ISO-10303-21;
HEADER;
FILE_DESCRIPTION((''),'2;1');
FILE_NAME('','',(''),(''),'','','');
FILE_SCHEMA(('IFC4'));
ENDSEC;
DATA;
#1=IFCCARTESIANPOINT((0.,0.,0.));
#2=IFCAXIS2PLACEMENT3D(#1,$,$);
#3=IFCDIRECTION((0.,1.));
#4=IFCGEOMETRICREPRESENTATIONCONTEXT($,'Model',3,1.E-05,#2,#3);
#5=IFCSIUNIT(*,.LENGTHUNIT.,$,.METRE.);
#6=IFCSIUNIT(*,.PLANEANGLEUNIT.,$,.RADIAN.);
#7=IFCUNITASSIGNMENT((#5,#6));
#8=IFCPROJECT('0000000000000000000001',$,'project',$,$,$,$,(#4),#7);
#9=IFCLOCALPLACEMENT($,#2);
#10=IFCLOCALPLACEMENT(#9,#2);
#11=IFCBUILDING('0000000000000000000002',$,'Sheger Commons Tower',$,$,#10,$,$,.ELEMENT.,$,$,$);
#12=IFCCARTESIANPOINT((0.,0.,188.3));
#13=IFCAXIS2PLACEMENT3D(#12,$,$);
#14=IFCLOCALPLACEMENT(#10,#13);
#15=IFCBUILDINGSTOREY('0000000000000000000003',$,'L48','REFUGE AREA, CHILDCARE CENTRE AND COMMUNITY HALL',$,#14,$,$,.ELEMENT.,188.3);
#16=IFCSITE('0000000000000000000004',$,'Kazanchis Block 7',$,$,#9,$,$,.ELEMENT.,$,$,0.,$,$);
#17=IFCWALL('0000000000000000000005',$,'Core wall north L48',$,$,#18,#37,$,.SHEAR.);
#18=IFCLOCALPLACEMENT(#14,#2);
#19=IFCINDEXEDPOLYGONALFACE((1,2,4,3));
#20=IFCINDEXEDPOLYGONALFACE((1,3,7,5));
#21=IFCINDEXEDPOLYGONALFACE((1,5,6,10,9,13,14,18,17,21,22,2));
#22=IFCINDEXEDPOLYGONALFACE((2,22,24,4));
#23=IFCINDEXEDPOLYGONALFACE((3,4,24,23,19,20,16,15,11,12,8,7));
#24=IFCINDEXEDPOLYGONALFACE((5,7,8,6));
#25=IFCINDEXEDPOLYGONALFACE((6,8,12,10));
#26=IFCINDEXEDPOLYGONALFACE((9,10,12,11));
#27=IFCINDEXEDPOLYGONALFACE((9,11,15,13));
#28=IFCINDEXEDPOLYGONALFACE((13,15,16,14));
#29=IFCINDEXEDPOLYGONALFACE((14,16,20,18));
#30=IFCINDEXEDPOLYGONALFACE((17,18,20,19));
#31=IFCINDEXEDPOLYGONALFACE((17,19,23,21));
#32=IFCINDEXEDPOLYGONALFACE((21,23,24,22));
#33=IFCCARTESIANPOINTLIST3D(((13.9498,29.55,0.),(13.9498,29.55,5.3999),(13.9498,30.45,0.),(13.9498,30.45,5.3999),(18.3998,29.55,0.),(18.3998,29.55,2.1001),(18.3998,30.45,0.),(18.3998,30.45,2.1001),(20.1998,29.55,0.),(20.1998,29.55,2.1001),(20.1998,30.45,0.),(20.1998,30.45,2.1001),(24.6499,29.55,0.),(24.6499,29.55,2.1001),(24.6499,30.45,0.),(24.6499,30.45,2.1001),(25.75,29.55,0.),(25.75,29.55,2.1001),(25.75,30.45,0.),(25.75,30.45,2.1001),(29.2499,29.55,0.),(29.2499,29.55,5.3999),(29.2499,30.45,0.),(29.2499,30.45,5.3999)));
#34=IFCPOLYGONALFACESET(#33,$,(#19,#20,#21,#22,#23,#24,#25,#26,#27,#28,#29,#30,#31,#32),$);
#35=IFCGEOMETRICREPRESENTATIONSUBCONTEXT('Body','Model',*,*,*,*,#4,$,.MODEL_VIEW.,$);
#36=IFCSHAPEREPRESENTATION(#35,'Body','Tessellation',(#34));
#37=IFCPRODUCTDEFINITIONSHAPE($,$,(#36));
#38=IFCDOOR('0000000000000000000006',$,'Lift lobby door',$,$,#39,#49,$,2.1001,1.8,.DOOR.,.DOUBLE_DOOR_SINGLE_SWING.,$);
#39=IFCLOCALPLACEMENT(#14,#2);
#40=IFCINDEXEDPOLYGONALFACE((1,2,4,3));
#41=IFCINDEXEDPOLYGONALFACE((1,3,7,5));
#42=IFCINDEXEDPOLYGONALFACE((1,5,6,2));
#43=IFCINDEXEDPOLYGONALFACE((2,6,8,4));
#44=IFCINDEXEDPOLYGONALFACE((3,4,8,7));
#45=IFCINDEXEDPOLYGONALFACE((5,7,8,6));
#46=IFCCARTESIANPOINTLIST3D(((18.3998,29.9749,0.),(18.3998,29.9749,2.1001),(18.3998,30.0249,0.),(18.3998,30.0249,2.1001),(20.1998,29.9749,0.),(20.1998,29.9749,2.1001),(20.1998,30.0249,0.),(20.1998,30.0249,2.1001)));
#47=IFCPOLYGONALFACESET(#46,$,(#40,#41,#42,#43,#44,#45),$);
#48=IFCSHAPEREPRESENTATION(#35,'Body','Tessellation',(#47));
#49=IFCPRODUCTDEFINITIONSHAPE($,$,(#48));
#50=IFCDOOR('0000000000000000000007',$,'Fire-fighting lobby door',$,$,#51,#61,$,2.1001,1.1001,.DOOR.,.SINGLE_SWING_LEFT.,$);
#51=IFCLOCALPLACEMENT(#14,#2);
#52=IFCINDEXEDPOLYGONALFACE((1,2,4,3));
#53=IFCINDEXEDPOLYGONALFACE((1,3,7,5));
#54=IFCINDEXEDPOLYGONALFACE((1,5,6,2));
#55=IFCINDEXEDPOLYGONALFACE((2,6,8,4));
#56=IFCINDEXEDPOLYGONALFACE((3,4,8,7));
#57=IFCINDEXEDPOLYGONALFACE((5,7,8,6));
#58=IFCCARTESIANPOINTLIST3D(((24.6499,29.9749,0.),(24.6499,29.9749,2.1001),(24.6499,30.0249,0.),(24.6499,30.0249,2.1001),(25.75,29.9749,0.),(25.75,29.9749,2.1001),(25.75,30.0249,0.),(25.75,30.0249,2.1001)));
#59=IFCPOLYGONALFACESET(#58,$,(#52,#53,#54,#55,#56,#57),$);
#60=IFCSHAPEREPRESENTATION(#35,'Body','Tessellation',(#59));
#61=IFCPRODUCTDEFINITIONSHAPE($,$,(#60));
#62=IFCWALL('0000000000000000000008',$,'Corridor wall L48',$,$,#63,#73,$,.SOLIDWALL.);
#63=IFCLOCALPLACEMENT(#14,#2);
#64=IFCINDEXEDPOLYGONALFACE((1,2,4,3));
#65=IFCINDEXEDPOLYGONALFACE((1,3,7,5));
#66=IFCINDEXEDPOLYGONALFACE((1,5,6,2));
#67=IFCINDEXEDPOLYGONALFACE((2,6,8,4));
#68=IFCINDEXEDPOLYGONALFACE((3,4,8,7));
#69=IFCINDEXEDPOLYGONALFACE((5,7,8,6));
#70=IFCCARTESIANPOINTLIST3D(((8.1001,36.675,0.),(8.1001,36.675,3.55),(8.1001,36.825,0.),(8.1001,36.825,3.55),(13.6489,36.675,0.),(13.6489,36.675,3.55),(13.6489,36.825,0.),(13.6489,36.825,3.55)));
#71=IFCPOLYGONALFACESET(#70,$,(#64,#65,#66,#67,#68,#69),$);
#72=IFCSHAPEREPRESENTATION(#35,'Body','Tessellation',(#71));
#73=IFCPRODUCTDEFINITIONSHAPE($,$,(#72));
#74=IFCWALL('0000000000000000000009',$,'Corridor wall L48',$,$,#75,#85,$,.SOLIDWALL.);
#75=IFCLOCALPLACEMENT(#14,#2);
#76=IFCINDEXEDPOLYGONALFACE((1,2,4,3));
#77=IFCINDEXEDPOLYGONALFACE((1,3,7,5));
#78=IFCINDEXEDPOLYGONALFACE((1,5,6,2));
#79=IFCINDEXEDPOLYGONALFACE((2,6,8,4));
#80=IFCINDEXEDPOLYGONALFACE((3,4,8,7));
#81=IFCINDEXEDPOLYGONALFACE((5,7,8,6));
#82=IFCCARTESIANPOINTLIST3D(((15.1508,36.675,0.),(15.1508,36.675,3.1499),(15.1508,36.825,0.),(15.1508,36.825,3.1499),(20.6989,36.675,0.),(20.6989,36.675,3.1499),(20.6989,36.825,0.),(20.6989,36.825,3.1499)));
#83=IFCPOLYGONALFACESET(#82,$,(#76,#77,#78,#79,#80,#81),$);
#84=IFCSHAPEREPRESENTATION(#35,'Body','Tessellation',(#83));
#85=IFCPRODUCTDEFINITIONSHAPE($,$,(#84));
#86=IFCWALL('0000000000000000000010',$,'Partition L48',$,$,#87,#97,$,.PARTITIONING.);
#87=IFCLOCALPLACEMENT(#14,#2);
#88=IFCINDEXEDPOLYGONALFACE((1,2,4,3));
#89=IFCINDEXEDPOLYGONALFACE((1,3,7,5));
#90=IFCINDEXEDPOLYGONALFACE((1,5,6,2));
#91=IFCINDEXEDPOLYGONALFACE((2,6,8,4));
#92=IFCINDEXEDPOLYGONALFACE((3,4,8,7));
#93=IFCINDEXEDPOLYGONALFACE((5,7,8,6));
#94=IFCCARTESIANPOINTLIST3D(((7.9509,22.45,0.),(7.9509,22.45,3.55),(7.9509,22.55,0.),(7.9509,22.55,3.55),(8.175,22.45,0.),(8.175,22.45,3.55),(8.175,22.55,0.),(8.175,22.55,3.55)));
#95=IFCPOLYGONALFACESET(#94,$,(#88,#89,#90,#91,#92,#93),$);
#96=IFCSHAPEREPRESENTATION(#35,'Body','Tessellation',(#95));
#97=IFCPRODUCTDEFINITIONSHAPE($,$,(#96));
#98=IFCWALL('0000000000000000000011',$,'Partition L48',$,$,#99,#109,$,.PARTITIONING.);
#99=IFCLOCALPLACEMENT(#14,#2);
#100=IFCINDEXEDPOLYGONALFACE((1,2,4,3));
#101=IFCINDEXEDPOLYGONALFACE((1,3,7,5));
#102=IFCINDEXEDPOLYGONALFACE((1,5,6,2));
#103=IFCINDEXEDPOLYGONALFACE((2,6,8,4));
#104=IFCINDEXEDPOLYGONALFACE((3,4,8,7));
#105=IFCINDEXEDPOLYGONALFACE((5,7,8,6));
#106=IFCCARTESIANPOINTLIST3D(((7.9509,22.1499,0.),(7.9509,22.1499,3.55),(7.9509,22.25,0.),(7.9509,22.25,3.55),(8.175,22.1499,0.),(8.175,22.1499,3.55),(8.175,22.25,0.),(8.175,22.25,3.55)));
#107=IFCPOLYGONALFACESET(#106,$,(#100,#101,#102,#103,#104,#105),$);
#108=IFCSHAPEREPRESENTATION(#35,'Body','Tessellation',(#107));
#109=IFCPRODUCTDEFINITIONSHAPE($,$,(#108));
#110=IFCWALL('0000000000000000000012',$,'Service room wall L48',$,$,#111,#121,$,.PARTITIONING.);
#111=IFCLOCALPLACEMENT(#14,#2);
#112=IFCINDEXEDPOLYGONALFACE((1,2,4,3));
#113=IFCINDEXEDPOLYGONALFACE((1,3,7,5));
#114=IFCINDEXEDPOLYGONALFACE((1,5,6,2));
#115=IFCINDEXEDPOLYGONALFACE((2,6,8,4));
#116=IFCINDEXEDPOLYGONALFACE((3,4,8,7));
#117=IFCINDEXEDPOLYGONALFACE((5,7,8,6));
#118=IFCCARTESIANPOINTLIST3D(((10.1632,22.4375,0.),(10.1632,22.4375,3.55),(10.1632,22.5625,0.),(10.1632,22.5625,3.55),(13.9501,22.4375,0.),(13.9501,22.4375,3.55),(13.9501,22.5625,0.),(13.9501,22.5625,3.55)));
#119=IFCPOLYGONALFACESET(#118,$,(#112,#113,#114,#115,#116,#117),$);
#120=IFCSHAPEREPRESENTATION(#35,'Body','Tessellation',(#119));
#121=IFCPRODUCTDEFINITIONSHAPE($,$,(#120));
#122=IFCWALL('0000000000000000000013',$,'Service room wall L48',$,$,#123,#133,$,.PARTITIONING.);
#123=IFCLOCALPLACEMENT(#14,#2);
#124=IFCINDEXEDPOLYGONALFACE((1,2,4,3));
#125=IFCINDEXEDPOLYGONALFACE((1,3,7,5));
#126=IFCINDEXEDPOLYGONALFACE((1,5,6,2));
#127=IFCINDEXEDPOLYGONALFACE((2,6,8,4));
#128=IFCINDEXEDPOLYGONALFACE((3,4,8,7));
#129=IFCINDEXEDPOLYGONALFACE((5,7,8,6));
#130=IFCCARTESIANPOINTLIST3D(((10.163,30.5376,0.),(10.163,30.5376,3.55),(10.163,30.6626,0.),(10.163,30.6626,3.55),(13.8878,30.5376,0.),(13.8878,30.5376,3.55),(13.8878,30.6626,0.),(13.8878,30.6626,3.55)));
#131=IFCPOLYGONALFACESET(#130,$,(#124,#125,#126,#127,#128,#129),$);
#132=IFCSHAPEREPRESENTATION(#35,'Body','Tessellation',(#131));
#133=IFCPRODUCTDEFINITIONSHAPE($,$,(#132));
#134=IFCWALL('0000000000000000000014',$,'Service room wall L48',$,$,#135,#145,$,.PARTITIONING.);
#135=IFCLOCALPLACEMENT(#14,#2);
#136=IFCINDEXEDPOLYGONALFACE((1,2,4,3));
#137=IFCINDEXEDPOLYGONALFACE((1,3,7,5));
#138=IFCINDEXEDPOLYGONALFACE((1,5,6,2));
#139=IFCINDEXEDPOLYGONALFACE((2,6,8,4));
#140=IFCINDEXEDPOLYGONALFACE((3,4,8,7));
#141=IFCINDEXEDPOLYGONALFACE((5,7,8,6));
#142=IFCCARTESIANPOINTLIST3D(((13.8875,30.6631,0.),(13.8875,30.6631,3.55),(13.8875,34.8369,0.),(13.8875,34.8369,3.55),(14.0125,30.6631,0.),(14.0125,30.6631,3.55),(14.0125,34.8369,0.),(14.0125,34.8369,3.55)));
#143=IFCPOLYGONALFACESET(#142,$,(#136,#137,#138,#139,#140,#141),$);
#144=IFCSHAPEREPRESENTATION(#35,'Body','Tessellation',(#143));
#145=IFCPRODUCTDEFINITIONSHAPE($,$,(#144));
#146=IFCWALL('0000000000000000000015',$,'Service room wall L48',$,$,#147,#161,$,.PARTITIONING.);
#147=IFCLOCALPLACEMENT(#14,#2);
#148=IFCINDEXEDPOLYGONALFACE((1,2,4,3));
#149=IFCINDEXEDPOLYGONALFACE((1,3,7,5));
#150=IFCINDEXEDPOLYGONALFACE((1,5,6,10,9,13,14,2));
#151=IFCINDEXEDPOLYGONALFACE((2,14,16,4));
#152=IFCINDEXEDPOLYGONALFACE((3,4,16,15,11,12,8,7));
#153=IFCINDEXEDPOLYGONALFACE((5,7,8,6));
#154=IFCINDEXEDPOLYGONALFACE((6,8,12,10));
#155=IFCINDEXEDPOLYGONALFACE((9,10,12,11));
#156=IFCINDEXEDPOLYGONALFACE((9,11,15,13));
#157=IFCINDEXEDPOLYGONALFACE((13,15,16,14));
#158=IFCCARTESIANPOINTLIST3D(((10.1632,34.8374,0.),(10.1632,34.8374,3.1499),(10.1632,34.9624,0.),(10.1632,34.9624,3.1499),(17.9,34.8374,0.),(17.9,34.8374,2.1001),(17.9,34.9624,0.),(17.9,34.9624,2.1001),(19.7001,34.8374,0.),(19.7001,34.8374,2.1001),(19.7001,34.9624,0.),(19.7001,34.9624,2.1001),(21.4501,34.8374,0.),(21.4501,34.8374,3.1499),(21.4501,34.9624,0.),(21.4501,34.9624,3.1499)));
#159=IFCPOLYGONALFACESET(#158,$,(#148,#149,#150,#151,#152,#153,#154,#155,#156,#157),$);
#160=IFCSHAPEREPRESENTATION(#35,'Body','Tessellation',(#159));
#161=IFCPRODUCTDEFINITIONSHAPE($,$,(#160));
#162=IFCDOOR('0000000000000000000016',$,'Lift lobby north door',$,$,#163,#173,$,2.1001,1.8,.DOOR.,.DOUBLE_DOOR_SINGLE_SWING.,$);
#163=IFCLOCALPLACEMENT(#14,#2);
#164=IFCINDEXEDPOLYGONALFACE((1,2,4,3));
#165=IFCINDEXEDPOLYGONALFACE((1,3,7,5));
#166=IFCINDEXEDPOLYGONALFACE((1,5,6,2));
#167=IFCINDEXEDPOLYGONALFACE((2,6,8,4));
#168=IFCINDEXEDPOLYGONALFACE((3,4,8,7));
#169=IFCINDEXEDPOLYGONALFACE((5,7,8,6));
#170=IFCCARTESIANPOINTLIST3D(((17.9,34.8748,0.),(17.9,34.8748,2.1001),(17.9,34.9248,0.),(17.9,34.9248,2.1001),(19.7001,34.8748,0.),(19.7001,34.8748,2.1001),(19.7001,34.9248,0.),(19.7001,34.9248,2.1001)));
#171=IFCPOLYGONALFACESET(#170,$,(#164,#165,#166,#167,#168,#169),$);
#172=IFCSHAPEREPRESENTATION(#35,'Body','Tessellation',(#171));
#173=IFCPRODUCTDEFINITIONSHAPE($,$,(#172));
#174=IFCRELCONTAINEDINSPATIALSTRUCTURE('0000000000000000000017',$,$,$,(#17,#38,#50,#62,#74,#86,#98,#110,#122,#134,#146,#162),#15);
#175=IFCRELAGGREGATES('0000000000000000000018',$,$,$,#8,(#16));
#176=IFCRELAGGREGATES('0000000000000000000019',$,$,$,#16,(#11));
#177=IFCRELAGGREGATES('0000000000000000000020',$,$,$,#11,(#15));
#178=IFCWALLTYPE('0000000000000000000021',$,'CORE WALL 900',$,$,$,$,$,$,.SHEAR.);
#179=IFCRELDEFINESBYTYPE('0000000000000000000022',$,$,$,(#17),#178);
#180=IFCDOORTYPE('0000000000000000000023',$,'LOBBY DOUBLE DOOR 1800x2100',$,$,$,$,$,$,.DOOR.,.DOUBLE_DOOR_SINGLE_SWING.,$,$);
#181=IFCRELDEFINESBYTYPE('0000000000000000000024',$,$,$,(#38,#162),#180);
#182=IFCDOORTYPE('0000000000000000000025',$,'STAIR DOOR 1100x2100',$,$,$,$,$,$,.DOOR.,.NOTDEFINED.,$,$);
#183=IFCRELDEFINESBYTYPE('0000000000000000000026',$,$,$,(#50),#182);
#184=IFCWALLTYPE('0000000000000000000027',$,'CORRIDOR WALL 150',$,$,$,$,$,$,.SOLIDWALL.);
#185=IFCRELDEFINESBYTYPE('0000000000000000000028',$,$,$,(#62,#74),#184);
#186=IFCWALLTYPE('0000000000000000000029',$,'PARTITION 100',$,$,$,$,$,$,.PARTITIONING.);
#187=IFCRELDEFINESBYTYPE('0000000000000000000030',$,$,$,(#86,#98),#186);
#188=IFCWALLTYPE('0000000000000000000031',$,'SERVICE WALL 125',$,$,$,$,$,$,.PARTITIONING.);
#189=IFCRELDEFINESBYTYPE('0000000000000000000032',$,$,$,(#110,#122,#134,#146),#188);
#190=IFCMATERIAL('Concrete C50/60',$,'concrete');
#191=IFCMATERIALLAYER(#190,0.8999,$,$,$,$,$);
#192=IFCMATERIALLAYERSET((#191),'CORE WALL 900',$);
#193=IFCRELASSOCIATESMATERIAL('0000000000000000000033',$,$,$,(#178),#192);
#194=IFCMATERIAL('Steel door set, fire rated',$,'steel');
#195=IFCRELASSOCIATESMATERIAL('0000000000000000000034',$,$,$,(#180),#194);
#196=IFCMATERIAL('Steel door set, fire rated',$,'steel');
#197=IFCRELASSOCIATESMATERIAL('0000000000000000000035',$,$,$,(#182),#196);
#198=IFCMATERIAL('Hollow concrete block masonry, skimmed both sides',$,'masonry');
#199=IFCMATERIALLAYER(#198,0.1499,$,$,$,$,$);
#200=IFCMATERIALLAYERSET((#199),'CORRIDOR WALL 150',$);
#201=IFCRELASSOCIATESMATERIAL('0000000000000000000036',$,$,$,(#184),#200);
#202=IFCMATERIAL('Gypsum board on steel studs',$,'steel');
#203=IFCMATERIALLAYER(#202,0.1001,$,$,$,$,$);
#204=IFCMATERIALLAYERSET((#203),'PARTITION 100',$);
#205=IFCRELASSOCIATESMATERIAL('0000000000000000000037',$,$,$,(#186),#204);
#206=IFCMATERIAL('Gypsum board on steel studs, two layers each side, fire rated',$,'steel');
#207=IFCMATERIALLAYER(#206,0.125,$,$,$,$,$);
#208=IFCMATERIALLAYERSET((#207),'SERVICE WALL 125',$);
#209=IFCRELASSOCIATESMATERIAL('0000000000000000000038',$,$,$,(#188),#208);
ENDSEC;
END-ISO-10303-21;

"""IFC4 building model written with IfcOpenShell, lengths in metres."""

from ifc_helpers import new_model, si_unit, direction, frame, frame_2d, origin, place, context, subcontext, project, spatial, rectangle, extrude, material, layer, layer_set, type_object, element, fill, save


model = new_model("IFC4")

# Units and contexts
model_context = context("Model", 3, precision=1e-05, world=origin(), true_north=direction((0.0, 1.0)))
body_context = subcontext(model_context, "Body", "Model", "MODEL_VIEW")
ifc_project = project(units=[si_unit("LENGTHUNIT", "METRE"), si_unit("PLANEANGLEUNIT", "RADIAN")], contexts=[model_context])

# Site, building, storey
site_placement = place(None, origin())
site = spatial("IfcSite", under=ifc_project, at=site_placement, Name="Kazanchis Block 7", CompositionType="ELEMENT", RefElevation=0.0)
building_placement = place(site_placement, origin())
building = spatial("IfcBuilding", under=site, at=building_placement, Name="Sheger Commons Tower", CompositionType="ELEMENT")
storey_placement = place(building_placement, frame((0.0, 0.0, 188.3)))
storey = spatial("IfcBuildingStorey", under=building, at=storey_placement, Name="L48", Description="REFUGE AREA, CHILDCARE CENTRE AND COMMUNITY HALL", CompositionType="ELEMENT", Elevation=188.3)

# Wall, openings, doors
ifc_material_1 = material(Name="Concrete C50/60", Category="concrete")
ifc_layer_1 = layer(ifc_material_1, 0.8999)
ifc_layer_set_1 = layer_set([ifc_layer_1], Name="CORE WALL 900")
wall_type_1 = type_object("IfcWallType", Name="CORE WALL 900", PredefinedType="SHEAR", material=ifc_layer_set_1)
wall_1_placement = place(storey_placement, frame((13.95, 30.0, 0.0), z_axis=(0.0, 0.0, 1.0), x_axis=(1.0, 0.0, 0.0)))
wall_1 = element("IfcWall", 1, at=wall_1_placement, inside=storey, type_object=wall_type_1, Name="Core wall north L48", PredefinedType="SHEAR", context=body_context, shape_type="SweptSolid", body=[
    extrude(rectangle(XDim=15.3, YDim=0.8999, at=frame_2d((7.6499, 0.0))), origin(), (0.0, 0.0, 1.0), 5.3999),
])
opening_1_placement = place(wall_1_placement, frame((4.45, 0.0, 0.0)))
opening_1 = element("IfcOpeningElement", 2, at=opening_1_placement, cuts=wall_1, PredefinedType="OPENING", context=body_context, shape_type="SweptSolid", body=[
    extrude(rectangle(XDim=1.8, YDim=2.1001, at=frame_2d((0.8999, 1.05))), frame((0.0, 0.46, 0.0), z_axis=(0.0, -1.0, 0.0), x_axis=(1.0, 0.0, 0.0)), (0.0, 0.0, 1.0), 0.9199),
])
opening_2_placement = place(wall_1_placement, frame((10.7, 0.0, 0.0)))
opening_2 = element("IfcOpeningElement", 3, at=opening_2_placement, cuts=wall_1, PredefinedType="OPENING", context=body_context, shape_type="SweptSolid", body=[
    extrude(rectangle(XDim=1.1001, YDim=2.1001, at=frame_2d((0.55, 1.05))), frame((0.0, 0.46, 0.0), z_axis=(0.0, -1.0, 0.0), x_axis=(1.0, 0.0, 0.0)), (0.0, 0.0, 1.0), 0.9199),
])
ifc_material_2 = material(Name="Steel door set, fire rated", Category="steel")
door_type_1 = type_object("IfcDoorType", Name="LOBBY DOUBLE DOOR 1800x2100", OperationType="DOUBLE_DOOR_SINGLE_SWING", PredefinedType="DOOR", material=ifc_material_2)
door_1_placement = place(opening_1_placement, origin())
door_1 = element("IfcDoor", 4, at=door_1_placement, inside=storey, type_object=door_type_1, Name="Lift lobby door", OperationType="DOUBLE_DOOR_SINGLE_SWING", OverallHeight=2.1001, OverallWidth=1.8, PredefinedType="DOOR", context=body_context, shape_type="SweptSolid", body=[
    extrude(rectangle(XDim=1.8, YDim=2.1001, at=frame_2d((0.8999, 1.05))), frame((0.0, 0.0249, 0.0), z_axis=(0.0, -1.0, 0.0), x_axis=(1.0, 0.0, 0.0)), (0.0, 0.0, 1.0), 0.05),
])
fill(opening_1, door_1)
ifc_material_3 = material(Name="Steel door set, fire rated", Category="steel")
door_type_2 = type_object("IfcDoorType", Name="STAIR DOOR 1100x2100", OperationType="NOTDEFINED", PredefinedType="DOOR", material=ifc_material_3)
door_2_placement = place(opening_2_placement, origin())
door_2 = element("IfcDoor", 5, at=door_2_placement, inside=storey, type_object=door_type_2, Name="Fire-fighting lobby door", OperationType="SINGLE_SWING_LEFT", OverallHeight=2.1001, OverallWidth=1.1001, PredefinedType="DOOR", context=body_context, shape_type="SweptSolid", body=[
    extrude(rectangle(XDim=1.1001, YDim=2.1001, at=frame_2d((0.55, 1.05))), frame((0.0, 0.0249, 0.0), z_axis=(0.0, -1.0, 0.0), x_axis=(1.0, 0.0, 0.0)), (0.0, 0.0, 1.0), 0.05),
])
fill(opening_2, door_2)

# Walls
ifc_material_4 = material(Name="Hollow concrete block masonry, skimmed both sides", Category="masonry")
ifc_layer_2 = layer(ifc_material_4, 0.1499)
ifc_layer_set_2 = layer_set([ifc_layer_2], Name="CORRIDOR WALL 150")
wall_type_2 = type_object("IfcWallType", Name="CORRIDOR WALL 150", PredefinedType="SOLIDWALL", material=ifc_layer_set_2)
wall_2_placement = place(storey_placement, frame((8.1001, 36.75, 0.0), z_axis=(0.0, 0.0, 1.0), x_axis=(1.0, 0.0, 0.0)))
element("IfcWall", 6, at=wall_2_placement, inside=storey, type_object=wall_type_2, Name="Corridor wall L48", PredefinedType="SOLIDWALL", context=body_context, shape_type="SweptSolid", body=[
    extrude(rectangle(XDim=5.5488, YDim=0.1499, at=frame_2d((2.7744, 0.0))), origin(), (0.0, 0.0, 1.0), 3.55),
])
wall_3_placement = place(storey_placement, frame((15.1509, 36.75, 0.0), z_axis=(0.0, 0.0, 1.0), x_axis=(1.0, 0.0, 0.0)))
element("IfcWall", 7, at=wall_3_placement, inside=storey, type_object=wall_type_2, Name="Corridor wall L48", PredefinedType="SOLIDWALL", context=body_context, shape_type="SweptSolid", body=[
    extrude(rectangle(XDim=5.5481, YDim=0.1499, at=frame_2d((2.7739, 0.0))), origin(), (0.0, 0.0, 1.0), 3.1499),
])
ifc_material_5 = material(Name="Gypsum board on steel studs", Category="steel")
ifc_layer_3 = layer(ifc_material_5, 0.1001)
ifc_layer_set_3 = layer_set([ifc_layer_3], Name="PARTITION 100")
wall_type_3 = type_object("IfcWallType", Name="PARTITION 100", PredefinedType="PARTITIONING", material=ifc_layer_set_3)
for number, where, z_axis, x_axis, name in (
    (8, (7.9509, 22.5, 0.0), (0.0, 0.0, 1.0), (1.0, 0.0, 0.0), "Partition L48"),
    (9, (7.9509, 22.2, 0.0), (0.0, 0.0, 1.0), (1.0, 0.0, 0.0), "Partition L48"),
):
    element("IfcWall", number, at=place(storey_placement, frame(where, z_axis=z_axis, x_axis=x_axis)), inside=storey, type_object=wall_type_3, Name=name, PredefinedType="PARTITIONING", context=body_context, shape_type="SweptSolid", body=[
        extrude(rectangle(XDim=0.2241, YDim=0.1001, at=frame_2d((0.1121, 0.0))), origin(), (0.0, 0.0, 1.0), 3.55),
    ])
ifc_material_6 = material(Name="Gypsum board on steel studs, two layers each side, fire rated", Category="steel")
ifc_layer_4 = layer(ifc_material_6, 0.125)
ifc_layer_set_4 = layer_set([ifc_layer_4], Name="SERVICE WALL 125")
wall_type_4 = type_object("IfcWallType", Name="SERVICE WALL 125", PredefinedType="PARTITIONING", material=ifc_layer_set_4)
wall_4_placement = place(storey_placement, frame((10.1631, 22.5, 0.0), z_axis=(0.0, 0.0, 1.0), x_axis=(1.0, 0.0, 0.0)))
element("IfcWall", 10, at=wall_4_placement, inside=storey, type_object=wall_type_4, Name="Service room wall L48", PredefinedType="PARTITIONING", context=body_context, shape_type="SweptSolid", body=[
    extrude(rectangle(XDim=3.7869, YDim=0.125, at=frame_2d((1.8936, 0.0))), origin(), (0.0, 0.0, 1.0), 3.55),
])
wall_5_placement = place(storey_placement, frame((10.1631, 30.6001, 0.0), z_axis=(0.0, 0.0, 1.0), x_axis=(1.0, 0.0, 0.0)))
element("IfcWall", 11, at=wall_5_placement, inside=storey, type_object=wall_type_4, Name="Service room wall L48", PredefinedType="PARTITIONING", context=body_context, shape_type="SweptSolid", body=[
    extrude(rectangle(XDim=3.7249, YDim=0.125, at=frame_2d((1.8623, 0.0))), origin(), (0.0, 0.0, 1.0), 3.55),
])
wall_6_placement = place(storey_placement, frame((13.95, 30.6631, 0.0), z_axis=(0.0, 0.0, 1.0), x_axis=(0.0, 1.0, 0.0)))
element("IfcWall", 12, at=wall_6_placement, inside=storey, type_object=wall_type_4, Name="Service room wall L48", PredefinedType="PARTITIONING", context=body_context, shape_type="SweptSolid", body=[
    extrude(rectangle(XDim=4.1738, YDim=0.125, at=frame_2d((2.0869, 0.0))), origin(), (0.0, 0.0, 1.0), 3.55),
])

# Wall, opening, door
wall_7_placement = place(storey_placement, frame((10.1631, 34.8999, 0.0), z_axis=(0.0, 0.0, 1.0), x_axis=(1.0, 0.0, 0.0)))
wall_7 = element("IfcWall", 13, at=wall_7_placement, inside=storey, type_object=wall_type_4, Name="Service room wall L48", PredefinedType="PARTITIONING", context=body_context, shape_type="SweptSolid", body=[
    extrude(rectangle(XDim=11.2869, YDim=0.125, at=frame_2d((5.6436, 0.0))), origin(), (0.0, 0.0, 1.0), 3.1499),
])
opening_3_placement = place(wall_7_placement, frame((7.7371, 0.0, 0.0)))
opening_3 = element("IfcOpeningElement", 14, at=opening_3_placement, cuts=wall_7, PredefinedType="OPENING", context=body_context, shape_type="SweptSolid", body=[
    extrude(rectangle(XDim=1.8, YDim=2.1001, at=frame_2d((0.8999, 1.05))), frame((0.0, 0.0725, 0.0), z_axis=(0.0, -1.0, 0.0), x_axis=(1.0, 0.0, 0.0)), (0.0, 0.0, 1.0), 0.145),
])
door_3_placement = place(opening_3_placement, origin())
door_3 = element("IfcDoor", 15, at=door_3_placement, inside=storey, type_object=door_type_1, Name="Lift lobby north door", OperationType="DOUBLE_DOOR_SINGLE_SWING", OverallHeight=2.1001, OverallWidth=1.8, PredefinedType="DOOR", context=body_context, shape_type="SweptSolid", body=[
    extrude(rectangle(XDim=1.8, YDim=2.1001, at=frame_2d((0.8999, 1.05))), frame((0.0, 0.0249, 0.0), z_axis=(0.0, -1.0, 0.0), x_axis=(1.0, 0.0, 0.0)), (0.0, 0.0, 1.0), 0.05),
])
fill(opening_3, door_3)

save(model, "model.ifc")
